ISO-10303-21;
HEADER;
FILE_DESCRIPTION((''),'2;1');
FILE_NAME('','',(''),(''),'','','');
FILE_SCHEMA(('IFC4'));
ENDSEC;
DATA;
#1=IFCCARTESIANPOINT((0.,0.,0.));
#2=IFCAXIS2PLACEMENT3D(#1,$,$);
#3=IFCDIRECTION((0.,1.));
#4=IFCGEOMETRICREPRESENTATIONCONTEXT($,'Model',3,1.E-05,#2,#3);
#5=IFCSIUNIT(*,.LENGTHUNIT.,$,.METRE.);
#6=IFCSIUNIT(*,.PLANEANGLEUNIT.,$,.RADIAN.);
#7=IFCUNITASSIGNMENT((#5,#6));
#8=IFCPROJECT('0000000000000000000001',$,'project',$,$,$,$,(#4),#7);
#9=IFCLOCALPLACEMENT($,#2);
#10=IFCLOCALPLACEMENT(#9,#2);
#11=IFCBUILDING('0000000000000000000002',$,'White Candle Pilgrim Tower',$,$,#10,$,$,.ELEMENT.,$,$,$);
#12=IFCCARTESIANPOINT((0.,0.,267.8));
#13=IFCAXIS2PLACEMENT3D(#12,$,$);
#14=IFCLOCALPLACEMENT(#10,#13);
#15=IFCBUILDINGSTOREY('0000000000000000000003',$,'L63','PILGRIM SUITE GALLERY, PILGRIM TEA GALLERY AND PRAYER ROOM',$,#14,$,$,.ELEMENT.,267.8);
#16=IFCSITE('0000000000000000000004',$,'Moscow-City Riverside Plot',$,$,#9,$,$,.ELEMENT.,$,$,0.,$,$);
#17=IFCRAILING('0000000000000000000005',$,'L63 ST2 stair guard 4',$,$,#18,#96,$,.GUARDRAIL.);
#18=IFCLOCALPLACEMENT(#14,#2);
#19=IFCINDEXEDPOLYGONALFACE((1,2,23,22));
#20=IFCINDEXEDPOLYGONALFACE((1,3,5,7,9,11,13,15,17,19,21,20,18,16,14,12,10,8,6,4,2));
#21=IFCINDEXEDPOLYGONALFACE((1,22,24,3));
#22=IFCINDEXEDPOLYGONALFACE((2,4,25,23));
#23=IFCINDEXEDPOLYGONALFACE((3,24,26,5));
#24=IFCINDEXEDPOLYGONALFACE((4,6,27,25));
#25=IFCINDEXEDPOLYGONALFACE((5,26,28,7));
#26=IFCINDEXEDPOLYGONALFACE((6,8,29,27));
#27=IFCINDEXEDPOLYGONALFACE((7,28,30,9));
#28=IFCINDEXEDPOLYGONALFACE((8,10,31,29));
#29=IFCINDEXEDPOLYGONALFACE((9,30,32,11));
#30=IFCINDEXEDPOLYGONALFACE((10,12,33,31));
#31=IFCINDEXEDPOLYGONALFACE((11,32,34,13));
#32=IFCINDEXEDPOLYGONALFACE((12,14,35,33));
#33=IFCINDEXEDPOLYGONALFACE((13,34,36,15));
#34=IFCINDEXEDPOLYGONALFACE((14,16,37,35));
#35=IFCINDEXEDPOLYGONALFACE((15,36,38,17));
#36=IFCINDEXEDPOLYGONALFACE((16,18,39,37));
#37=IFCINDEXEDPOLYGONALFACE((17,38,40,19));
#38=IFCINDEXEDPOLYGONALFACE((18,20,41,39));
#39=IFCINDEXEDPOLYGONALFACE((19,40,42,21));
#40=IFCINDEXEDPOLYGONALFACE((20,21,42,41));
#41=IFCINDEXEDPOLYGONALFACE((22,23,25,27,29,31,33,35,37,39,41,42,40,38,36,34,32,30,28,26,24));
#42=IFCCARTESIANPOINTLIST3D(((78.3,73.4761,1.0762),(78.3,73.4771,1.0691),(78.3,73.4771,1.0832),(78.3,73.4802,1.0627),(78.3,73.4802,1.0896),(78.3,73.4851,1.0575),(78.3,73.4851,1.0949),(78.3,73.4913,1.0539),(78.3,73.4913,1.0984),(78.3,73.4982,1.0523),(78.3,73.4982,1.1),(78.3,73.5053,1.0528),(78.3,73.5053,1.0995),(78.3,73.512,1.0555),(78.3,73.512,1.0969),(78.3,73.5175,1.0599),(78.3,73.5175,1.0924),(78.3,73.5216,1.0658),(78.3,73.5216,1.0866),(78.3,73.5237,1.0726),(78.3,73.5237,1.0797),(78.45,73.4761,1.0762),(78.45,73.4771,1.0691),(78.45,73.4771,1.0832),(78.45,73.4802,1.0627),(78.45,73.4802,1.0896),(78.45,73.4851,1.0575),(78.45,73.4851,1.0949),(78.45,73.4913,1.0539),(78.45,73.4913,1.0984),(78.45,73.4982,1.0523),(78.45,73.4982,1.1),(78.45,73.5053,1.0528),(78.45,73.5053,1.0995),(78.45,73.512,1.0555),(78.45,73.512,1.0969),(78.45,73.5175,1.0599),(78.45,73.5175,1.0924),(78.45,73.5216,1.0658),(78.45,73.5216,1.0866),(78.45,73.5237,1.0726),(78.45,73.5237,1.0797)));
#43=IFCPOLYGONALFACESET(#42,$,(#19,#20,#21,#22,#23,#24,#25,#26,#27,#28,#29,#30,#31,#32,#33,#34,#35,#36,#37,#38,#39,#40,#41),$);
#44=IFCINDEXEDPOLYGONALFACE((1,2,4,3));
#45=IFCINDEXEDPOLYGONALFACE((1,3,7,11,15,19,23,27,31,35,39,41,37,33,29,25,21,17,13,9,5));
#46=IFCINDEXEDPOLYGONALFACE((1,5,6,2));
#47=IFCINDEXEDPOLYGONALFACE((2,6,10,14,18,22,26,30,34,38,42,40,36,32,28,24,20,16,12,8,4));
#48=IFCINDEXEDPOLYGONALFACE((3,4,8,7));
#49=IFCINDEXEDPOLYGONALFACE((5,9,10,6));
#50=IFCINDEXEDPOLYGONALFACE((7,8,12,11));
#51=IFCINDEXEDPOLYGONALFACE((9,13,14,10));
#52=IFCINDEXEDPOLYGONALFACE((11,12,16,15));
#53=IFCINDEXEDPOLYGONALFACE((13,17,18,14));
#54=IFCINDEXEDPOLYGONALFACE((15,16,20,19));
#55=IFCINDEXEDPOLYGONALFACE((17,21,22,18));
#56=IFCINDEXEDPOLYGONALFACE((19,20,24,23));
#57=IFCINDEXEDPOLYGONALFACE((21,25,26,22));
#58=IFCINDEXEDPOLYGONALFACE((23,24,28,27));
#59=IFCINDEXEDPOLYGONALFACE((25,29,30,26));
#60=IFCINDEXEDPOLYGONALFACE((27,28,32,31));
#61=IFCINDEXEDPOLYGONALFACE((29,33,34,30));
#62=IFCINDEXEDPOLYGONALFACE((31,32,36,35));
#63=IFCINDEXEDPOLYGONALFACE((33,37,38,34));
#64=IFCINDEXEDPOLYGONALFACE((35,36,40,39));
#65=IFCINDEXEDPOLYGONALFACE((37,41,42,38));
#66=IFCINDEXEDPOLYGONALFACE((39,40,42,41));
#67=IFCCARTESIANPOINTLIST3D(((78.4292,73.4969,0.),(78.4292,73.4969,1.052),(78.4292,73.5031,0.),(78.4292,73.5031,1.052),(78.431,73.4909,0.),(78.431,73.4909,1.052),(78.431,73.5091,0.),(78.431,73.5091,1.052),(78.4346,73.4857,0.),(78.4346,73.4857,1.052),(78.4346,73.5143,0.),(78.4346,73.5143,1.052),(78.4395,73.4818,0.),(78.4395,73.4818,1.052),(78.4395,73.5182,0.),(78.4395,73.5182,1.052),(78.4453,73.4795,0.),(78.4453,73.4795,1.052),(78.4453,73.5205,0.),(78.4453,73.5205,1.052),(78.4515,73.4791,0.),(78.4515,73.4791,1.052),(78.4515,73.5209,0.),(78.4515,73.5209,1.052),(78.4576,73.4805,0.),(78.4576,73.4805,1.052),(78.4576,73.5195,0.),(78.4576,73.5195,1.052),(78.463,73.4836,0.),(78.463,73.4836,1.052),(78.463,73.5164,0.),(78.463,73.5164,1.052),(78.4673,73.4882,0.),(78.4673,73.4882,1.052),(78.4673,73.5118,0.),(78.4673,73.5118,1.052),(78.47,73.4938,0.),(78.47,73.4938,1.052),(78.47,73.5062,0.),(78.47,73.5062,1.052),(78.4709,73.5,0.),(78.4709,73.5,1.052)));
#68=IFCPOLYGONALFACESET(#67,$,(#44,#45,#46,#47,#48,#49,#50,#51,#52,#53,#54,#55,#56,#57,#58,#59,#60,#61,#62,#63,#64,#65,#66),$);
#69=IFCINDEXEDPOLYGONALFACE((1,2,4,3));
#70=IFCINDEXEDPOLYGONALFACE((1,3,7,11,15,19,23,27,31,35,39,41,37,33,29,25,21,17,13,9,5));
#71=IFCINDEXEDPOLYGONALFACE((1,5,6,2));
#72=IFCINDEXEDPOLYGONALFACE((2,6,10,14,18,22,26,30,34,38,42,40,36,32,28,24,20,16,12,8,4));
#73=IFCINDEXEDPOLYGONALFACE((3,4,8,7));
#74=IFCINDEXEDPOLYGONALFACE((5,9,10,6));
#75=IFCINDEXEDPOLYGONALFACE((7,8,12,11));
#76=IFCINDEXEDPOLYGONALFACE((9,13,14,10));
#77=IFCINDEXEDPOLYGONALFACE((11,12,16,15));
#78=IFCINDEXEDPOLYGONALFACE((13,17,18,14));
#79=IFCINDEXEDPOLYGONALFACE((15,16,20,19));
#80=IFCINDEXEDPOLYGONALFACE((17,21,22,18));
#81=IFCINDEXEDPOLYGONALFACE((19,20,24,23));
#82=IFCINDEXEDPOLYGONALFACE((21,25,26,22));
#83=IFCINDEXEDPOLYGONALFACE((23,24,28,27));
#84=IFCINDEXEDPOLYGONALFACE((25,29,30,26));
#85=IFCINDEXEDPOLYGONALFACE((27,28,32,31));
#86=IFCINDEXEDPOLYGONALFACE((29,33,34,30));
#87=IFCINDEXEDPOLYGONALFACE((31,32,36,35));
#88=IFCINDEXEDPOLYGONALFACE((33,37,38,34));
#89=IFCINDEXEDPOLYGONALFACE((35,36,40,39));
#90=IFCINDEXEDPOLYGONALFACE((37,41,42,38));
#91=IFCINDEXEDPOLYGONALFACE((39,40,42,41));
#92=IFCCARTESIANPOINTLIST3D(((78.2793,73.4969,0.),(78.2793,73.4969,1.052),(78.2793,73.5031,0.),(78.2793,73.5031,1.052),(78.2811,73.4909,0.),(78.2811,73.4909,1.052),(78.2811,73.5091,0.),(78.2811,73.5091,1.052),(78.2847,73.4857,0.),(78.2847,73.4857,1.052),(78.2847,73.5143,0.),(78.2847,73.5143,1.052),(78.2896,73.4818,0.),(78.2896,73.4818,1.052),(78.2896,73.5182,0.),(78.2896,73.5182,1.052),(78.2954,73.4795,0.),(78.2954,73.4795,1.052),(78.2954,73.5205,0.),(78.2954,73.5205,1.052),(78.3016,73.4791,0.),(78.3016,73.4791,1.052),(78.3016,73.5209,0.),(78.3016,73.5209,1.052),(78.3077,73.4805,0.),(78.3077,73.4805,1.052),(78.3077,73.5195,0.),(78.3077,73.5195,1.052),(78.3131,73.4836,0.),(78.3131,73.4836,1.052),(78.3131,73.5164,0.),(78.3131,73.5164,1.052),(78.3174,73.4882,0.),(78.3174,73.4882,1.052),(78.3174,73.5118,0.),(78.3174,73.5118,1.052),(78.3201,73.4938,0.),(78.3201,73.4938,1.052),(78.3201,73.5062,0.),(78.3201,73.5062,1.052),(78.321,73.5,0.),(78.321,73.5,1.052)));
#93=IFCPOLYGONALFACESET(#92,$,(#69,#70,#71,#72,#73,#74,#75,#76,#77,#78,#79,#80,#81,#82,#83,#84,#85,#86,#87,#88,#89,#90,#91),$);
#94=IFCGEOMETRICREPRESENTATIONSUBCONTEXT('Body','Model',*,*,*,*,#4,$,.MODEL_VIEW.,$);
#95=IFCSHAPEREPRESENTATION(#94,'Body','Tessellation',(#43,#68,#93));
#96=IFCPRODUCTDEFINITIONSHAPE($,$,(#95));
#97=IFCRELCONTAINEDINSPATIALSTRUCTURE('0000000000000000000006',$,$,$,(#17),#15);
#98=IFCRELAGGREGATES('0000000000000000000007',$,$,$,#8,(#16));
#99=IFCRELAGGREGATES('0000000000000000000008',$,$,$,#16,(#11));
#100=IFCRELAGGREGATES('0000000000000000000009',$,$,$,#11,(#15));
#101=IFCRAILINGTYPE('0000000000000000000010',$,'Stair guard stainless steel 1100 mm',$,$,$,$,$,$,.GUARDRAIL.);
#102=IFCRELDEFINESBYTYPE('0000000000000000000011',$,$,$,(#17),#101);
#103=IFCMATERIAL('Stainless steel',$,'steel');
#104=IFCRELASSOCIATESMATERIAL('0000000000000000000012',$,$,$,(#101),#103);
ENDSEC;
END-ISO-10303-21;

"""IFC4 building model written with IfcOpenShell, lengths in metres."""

from ifc_helpers import new_model, si_unit, direction, frame, origin, origin_2d, place, context, subcontext, project, spatial, circle, extrude, material, type_object, element, save


model = new_model("IFC4")

# Units and contexts
model_context = context("Model", 3, precision=1e-05, world=origin(), true_north=direction((0.0, 1.0)))
body_context = subcontext(model_context, "Body", "Model", "MODEL_VIEW")
ifc_project = project(units=[si_unit("LENGTHUNIT", "METRE"), si_unit("PLANEANGLEUNIT", "RADIAN")], contexts=[model_context])

# Site, building, storey
site_placement = place(None, origin())
site = spatial("IfcSite", under=ifc_project, at=site_placement, Name="Moscow-City Riverside Plot", CompositionType="ELEMENT", RefElevation=0.0)
building_placement = place(site_placement, origin())
building = spatial("IfcBuilding", under=site, at=building_placement, Name="White Candle Pilgrim Tower", CompositionType="ELEMENT")
storey_placement = place(building_placement, frame((0.0, 0.0, 267.8)))
storey = spatial("IfcBuildingStorey", under=building, at=storey_placement, Name="L63", Description="PILGRIM SUITE GALLERY, PILGRIM TEA GALLERY AND PRAYER ROOM", CompositionType="ELEMENT", Elevation=267.8)

# Railing
ifc_material_1 = material(Name="Stainless steel", Category="steel")
railing_type_1 = type_object("IfcRailingType", Name="Stair guard stainless steel 1100 mm", PredefinedType="GUARDRAIL", material=ifc_material_1)
railing_1_placement = place(storey_placement, frame((78.45, 73.5, 0.0)))
element("IfcRailing", 1, at=railing_1_placement, inside=storey, type_object=railing_type_1, Name="L63 ST2 stair guard 4", PredefinedType="GUARDRAIL", context=body_context, shape_type="SweptSolid", body=[
    extrude(circle(Radius=0.0239, at=origin_2d()), frame((0.0, 0.0, 1.0762), z_axis=(-1.0, 0.0, 0.0), x_axis=(0.0, -1.0, 0.0)), (0.0, 0.0, 1.0), 0.1499),
    extrude(circle(Radius=0.021, at=origin_2d()), origin(), (0.0, 0.0, 1.0), 1.052),
    extrude(circle(Radius=0.021, at=origin_2d()), frame((-0.1499, 0.0, 0.0)), (0.0, 0.0, 1.0), 1.052),
])

save(model, "model.ifc")
